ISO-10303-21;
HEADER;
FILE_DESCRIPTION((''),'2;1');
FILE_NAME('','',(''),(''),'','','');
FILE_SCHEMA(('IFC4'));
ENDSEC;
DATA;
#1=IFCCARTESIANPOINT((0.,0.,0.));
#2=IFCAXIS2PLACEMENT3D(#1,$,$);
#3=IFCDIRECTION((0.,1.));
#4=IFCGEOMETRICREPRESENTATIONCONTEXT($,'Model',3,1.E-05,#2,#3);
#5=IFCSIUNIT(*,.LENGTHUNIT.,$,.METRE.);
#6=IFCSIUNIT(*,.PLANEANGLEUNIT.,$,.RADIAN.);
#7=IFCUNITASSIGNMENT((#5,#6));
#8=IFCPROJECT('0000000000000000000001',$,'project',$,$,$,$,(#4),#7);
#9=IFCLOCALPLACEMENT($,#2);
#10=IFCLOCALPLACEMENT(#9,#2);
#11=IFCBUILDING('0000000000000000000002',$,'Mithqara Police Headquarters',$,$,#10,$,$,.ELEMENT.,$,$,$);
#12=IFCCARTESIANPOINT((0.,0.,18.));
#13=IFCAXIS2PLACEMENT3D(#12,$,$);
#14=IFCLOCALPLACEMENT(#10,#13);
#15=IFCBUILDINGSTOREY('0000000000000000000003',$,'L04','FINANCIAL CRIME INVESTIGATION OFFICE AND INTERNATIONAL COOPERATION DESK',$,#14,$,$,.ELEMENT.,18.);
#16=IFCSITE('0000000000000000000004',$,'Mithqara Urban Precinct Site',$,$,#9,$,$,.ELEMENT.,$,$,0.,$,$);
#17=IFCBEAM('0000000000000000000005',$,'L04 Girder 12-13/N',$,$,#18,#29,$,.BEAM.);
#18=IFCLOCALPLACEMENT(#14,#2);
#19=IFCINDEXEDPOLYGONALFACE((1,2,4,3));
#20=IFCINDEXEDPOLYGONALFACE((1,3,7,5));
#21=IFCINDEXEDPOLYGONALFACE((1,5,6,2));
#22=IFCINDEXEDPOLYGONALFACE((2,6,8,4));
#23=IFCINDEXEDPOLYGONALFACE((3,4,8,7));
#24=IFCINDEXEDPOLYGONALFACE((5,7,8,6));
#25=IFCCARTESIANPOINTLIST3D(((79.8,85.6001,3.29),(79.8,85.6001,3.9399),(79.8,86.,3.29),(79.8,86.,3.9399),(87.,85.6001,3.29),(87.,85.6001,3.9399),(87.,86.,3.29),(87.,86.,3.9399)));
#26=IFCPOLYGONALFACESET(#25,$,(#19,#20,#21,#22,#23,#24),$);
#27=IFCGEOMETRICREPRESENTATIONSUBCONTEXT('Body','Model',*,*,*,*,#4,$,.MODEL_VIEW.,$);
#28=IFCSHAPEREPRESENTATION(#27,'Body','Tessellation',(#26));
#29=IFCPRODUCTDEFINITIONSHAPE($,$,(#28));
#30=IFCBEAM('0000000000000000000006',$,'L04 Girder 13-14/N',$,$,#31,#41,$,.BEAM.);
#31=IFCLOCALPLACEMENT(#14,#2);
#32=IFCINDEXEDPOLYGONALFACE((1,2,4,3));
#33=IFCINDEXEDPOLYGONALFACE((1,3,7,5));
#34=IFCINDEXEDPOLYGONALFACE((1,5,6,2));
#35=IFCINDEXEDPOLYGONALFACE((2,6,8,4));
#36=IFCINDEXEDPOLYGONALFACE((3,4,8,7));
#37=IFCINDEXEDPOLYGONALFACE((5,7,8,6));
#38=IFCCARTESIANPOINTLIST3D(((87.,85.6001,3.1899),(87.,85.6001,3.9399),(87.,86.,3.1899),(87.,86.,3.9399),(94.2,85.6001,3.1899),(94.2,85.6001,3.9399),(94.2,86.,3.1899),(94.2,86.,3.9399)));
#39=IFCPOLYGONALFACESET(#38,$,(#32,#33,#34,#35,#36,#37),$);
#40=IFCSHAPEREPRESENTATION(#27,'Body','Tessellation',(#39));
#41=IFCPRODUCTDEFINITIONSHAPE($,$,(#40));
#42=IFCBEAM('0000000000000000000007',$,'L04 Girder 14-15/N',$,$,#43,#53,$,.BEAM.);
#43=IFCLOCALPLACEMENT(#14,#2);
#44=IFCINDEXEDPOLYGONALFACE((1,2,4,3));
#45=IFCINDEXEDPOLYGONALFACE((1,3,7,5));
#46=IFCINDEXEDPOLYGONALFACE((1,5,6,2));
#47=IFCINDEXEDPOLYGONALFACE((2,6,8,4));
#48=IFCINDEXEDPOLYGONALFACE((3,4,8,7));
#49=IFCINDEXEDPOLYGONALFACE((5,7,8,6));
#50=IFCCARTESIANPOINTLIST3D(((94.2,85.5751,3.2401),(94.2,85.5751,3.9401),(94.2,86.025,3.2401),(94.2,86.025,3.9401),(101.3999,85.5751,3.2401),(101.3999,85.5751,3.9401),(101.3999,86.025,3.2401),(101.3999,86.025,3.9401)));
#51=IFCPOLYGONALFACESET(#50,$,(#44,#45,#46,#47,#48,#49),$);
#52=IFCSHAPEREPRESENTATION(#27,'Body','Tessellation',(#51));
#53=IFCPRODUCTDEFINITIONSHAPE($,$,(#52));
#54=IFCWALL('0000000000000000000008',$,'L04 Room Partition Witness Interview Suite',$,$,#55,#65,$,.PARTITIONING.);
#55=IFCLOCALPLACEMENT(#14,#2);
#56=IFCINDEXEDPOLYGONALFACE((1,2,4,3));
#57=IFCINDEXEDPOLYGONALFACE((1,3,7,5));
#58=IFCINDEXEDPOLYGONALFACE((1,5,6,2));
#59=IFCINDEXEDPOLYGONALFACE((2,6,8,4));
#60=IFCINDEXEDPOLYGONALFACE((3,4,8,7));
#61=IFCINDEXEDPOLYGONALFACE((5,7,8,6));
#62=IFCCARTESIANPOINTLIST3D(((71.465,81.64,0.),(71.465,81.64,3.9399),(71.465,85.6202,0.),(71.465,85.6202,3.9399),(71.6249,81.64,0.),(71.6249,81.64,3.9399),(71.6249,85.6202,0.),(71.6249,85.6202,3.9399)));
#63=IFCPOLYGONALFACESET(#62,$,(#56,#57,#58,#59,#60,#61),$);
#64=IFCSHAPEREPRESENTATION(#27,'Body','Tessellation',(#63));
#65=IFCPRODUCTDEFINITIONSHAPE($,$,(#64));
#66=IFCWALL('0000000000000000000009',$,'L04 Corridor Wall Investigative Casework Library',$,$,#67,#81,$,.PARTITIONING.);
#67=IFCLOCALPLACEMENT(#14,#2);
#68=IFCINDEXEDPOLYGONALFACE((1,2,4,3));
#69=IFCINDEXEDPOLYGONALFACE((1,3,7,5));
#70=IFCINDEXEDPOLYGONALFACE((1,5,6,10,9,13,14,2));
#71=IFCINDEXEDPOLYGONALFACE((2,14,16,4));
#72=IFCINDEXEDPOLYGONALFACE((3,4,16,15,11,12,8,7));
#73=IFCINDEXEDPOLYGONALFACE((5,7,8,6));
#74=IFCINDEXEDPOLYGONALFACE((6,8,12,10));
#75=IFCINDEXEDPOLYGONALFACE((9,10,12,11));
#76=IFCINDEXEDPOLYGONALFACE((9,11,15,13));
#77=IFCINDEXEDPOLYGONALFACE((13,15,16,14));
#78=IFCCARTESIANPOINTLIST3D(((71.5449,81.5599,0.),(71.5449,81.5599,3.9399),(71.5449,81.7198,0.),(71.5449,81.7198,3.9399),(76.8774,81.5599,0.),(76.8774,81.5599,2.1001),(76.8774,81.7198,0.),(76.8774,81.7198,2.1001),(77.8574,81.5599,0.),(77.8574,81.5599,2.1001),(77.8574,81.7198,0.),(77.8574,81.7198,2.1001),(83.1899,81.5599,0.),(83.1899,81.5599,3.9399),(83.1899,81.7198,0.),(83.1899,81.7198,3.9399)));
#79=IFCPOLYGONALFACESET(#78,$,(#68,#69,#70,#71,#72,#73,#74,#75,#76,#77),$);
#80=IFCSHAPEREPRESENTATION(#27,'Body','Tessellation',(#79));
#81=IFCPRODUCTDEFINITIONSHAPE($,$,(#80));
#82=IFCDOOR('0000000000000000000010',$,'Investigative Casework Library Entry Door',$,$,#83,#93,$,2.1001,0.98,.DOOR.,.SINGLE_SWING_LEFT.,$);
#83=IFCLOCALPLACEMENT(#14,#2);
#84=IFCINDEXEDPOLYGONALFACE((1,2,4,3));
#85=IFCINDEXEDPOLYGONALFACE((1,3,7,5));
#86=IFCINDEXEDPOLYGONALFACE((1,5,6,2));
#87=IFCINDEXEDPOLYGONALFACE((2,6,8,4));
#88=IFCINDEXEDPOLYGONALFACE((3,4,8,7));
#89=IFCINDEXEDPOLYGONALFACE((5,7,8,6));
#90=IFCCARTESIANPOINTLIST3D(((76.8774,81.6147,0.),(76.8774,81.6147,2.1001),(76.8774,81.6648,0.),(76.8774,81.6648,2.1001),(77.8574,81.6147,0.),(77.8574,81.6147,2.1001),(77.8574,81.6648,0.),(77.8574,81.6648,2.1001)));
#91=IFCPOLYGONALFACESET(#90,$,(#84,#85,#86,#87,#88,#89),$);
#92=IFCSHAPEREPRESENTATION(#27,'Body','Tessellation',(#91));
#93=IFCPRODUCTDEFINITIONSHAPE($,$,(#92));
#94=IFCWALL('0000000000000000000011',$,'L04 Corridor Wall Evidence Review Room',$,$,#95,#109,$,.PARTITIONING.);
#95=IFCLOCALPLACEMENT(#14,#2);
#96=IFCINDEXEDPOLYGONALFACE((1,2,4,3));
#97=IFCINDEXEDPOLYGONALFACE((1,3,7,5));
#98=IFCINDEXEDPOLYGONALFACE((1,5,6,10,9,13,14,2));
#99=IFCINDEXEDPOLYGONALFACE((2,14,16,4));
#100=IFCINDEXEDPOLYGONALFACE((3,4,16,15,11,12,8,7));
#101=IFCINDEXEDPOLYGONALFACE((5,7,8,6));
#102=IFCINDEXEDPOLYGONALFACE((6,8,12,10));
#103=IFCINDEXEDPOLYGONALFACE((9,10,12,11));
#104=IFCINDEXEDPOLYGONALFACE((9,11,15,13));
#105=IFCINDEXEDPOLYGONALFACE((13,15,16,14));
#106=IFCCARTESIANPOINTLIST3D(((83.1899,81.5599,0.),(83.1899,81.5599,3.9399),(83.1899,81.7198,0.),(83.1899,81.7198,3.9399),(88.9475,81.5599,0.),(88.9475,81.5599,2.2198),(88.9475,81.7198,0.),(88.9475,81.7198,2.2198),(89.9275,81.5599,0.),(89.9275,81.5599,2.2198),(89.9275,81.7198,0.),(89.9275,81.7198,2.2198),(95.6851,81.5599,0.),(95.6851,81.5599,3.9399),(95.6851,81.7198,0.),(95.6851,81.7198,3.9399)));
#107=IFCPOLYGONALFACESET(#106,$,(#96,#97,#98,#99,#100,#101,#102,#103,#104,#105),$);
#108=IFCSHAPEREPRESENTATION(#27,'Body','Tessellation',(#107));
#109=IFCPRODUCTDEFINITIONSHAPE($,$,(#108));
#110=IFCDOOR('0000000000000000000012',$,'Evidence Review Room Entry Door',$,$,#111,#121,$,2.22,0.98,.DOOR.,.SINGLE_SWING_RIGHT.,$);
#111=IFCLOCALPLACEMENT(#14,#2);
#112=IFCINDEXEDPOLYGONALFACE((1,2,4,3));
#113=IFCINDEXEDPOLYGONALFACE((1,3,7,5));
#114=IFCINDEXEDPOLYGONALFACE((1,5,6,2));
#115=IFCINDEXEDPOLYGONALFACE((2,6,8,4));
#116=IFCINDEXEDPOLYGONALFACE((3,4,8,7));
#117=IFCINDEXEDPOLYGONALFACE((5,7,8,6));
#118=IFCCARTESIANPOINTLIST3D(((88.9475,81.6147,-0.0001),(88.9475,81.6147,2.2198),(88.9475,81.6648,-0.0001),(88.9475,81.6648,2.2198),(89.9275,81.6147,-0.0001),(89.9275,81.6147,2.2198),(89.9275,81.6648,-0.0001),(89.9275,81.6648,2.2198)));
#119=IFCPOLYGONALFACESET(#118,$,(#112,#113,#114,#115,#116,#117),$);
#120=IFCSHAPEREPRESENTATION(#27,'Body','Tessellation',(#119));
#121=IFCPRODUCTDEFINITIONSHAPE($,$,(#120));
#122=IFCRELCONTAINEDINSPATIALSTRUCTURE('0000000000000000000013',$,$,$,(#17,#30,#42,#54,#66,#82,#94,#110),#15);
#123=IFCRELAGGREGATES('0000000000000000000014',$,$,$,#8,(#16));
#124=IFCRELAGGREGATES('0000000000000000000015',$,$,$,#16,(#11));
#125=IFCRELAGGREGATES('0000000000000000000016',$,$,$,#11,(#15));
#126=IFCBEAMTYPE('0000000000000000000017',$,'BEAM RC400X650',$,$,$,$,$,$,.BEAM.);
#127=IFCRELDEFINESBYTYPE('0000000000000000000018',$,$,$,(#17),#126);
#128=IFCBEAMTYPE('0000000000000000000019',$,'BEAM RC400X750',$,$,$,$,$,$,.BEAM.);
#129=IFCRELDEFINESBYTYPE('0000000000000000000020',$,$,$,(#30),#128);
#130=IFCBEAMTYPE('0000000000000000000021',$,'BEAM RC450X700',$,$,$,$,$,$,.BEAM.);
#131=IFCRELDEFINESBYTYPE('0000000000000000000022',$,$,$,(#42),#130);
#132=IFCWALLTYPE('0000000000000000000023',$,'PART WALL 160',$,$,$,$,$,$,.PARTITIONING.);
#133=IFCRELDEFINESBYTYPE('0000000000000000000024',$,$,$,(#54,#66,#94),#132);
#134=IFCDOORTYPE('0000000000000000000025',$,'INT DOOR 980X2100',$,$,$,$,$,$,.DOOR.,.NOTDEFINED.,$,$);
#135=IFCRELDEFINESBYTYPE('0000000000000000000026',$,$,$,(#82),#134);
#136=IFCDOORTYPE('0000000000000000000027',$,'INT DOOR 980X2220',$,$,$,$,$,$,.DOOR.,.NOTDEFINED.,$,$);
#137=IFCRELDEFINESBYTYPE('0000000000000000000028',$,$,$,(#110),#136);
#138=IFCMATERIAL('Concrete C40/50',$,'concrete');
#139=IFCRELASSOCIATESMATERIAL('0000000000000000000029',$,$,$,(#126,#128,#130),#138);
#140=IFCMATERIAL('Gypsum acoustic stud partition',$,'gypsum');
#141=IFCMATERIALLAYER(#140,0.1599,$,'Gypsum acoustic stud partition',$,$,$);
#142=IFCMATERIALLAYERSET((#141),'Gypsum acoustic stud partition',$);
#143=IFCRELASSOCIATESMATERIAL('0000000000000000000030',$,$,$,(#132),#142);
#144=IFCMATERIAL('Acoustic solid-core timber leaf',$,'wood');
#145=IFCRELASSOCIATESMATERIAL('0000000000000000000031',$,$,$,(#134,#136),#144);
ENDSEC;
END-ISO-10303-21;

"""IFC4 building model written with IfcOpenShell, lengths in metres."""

from ifc_helpers import new_model, si_unit, direction, frame, frame_2d, origin, origin_2d, place, context, subcontext, project, spatial, rectangle, extrude, material, layer, layer_set, material_profile, profile_set, type_object, element, fill, save


model = new_model("IFC4")

# Units and contexts
model_context = context("Model", 3, precision=1e-05, world=origin(), true_north=direction((0.0, 1.0)))
body_context = subcontext(model_context, "Body", "Model", "MODEL_VIEW")
ifc_project = project(units=[si_unit("LENGTHUNIT", "METRE"), si_unit("PLANEANGLEUNIT", "RADIAN")], contexts=[model_context])

# Site, building, storey
site_placement = place(None, origin())
site = spatial("IfcSite", under=ifc_project, at=site_placement, Name="Mithqara Urban Precinct Site", CompositionType="ELEMENT", RefElevation=0.0)
building_placement = place(site_placement, origin())
building = spatial("IfcBuilding", under=site, at=building_placement, Name="Mithqara Police Headquarters", CompositionType="ELEMENT")
storey_placement = place(building_placement, frame((0.0, 0.0, 18.0)))
storey = spatial("IfcBuildingStorey", under=building, at=storey_placement, Name="L04", Description="FINANCIAL CRIME INVESTIGATION OFFICE AND INTERNATIONAL COOPERATION DESK", CompositionType="ELEMENT", Elevation=18.0)

# Beams
ifc_material_1 = material(Name="Concrete C40/50", Category="concrete")
ifc_material_profile_1 = material_profile(ifc_material_1, rectangle(XDim=0.3999, YDim=0.6499, at=origin_2d()), Name="RC 400x650")
ifc_profile_set_1 = profile_set([ifc_material_profile_1], Name="Concrete C40/50")
beam_type_1 = type_object("IfcBeamType", Name="BEAM RC400X650", PredefinedType="BEAM", material=ifc_profile_set_1)
beam_1_placement = place(storey_placement, frame((79.8, 85.8, 3.615), z_axis=(1.0, 0.0, 0.0), x_axis=(0.0, 1.0, 0.0)))
element("IfcBeam", 1, at=beam_1_placement, inside=storey, type_object=beam_type_1, Name="L04 Girder 12-13/N", PredefinedType="BEAM", context=body_context, shape_type="SweptSolid", body=[
    extrude(rectangle(XDim=0.3999, YDim=0.6499, at=origin_2d()), origin(), (0.0, 0.0, 1.0), 7.2),
])
ifc_material_profile_2 = material_profile(ifc_material_1, rectangle(XDim=0.3999, YDim=0.75, at=origin_2d()), Name="RC 400x750")
ifc_profile_set_2 = profile_set([ifc_material_profile_2], Name="Concrete C40/50")
beam_type_2 = type_object("IfcBeamType", Name="BEAM RC400X750", PredefinedType="BEAM", material=ifc_profile_set_2)
beam_2_placement = place(storey_placement, frame((87.0, 85.8, 3.5649), z_axis=(1.0, 0.0, 0.0), x_axis=(0.0, 1.0, 0.0)))
element("IfcBeam", 2, at=beam_2_placement, inside=storey, type_object=beam_type_2, Name="L04 Girder 13-14/N", PredefinedType="BEAM", context=body_context, shape_type="SweptSolid", body=[
    extrude(rectangle(XDim=0.3999, YDim=0.75, at=origin_2d()), origin(), (0.0, 0.0, 1.0), 7.2),
])
ifc_material_profile_3 = material_profile(ifc_material_1, rectangle(XDim=0.45, YDim=0.7, at=origin_2d()), Name="RC 450x700")
ifc_profile_set_3 = profile_set([ifc_material_profile_3], Name="Concrete C40/50")
beam_type_3 = type_object("IfcBeamType", Name="BEAM RC450X700", PredefinedType="BEAM", material=ifc_profile_set_3)
beam_3_placement = place(storey_placement, frame((94.2, 85.8, 3.5901), z_axis=(1.0, 0.0, 0.0), x_axis=(0.0, 1.0, 0.0)))
element("IfcBeam", 3, at=beam_3_placement, inside=storey, type_object=beam_type_3, Name="L04 Girder 14-15/N", PredefinedType="BEAM", context=body_context, shape_type="SweptSolid", body=[
    extrude(rectangle(XDim=0.45, YDim=0.7, at=origin_2d()), origin(), (0.0, 0.0, 1.0), 7.2),
])

# Wall
ifc_material_2 = material(Name="Gypsum acoustic stud partition", Category="gypsum")
ifc_layer = layer(ifc_material_2, 0.1599, Name="Gypsum acoustic stud partition")
ifc_layer_set = layer_set([ifc_layer], Name="Gypsum acoustic stud partition")
wall_type = type_object("IfcWallType", Name="PART WALL 160", PredefinedType="PARTITIONING", material=ifc_layer_set)
wall_1_placement = place(storey_placement, frame((71.5449, 81.6399, 0.0), z_axis=(0.0, 0.0, 1.0), x_axis=(0.0, 1.0, 0.0)))
element("IfcWall", 4, at=wall_1_placement, inside=storey, type_object=wall_type, Name="L04 Room Partition Witness Interview Suite", PredefinedType="PARTITIONING", context=body_context, shape_type="SweptSolid", body=[
    extrude(rectangle(XDim=3.9802, YDim=0.1599, at=frame_2d((1.9902, 0.0))), origin(), (0.0, 0.0, 1.0), 3.9399),
])

# Walls, openings, doors
wall_2_placement = place(storey_placement, frame((71.5449, 81.6399, 0.0), z_axis=(0.0, 0.0, 1.0), x_axis=(1.0, 0.0, 0.0)))
wall_2 = element("IfcWall", 5, at=wall_2_placement, inside=storey, type_object=wall_type, Name="L04 Corridor Wall Investigative Casework Library", PredefinedType="PARTITIONING", context=body_context, shape_type="SweptSolid", body=[
    extrude(rectangle(XDim=11.645, YDim=0.1599, at=frame_2d((5.8225, 0.0))), origin(), (0.0, 0.0, 1.0), 3.9399),
])
opening_1_placement = place(wall_2_placement, frame((5.3325, 0.0, 0.0)))
opening_1 = element("IfcOpeningElement", 6, at=opening_1_placement, cuts=wall_2, PredefinedType="OPENING", context=body_context, shape_type="SweptSolid", body=[
    extrude(rectangle(XDim=0.98, YDim=2.1001, at=frame_2d((0.49, 1.05))), frame((0.0, 0.0898, 0.0), z_axis=(0.0, -1.0, 0.0), x_axis=(1.0, 0.0, 0.0)), (0.0, 0.0, 1.0), 0.1799),
])
ifc_material_3 = material(Name="Acoustic solid-core timber leaf", Category="wood")
door_type_1 = type_object("IfcDoorType", Name="INT DOOR 980X2100", OperationType="NOTDEFINED", PredefinedType="DOOR", material=ifc_material_3)
door_1_placement = place(opening_1_placement, origin())
door_1 = element("IfcDoor", 7, at=door_1_placement, inside=storey, type_object=door_type_1, Name="Investigative Casework Library Entry Door", OperationType="SINGLE_SWING_LEFT", OverallHeight=2.1001, OverallWidth=0.98, PredefinedType="DOOR", context=body_context, shape_type="SweptSolid", body=[
    extrude(rectangle(XDim=0.98, YDim=2.1001, at=frame_2d((0.49, 1.05))), frame((0.0, 0.0249, 0.0), z_axis=(0.0, -1.0, 0.0), x_axis=(1.0, 0.0, 0.0)), (0.0, 0.0, 1.0), 0.05),
])
fill(opening_1, door_1)
wall_3_placement = place(storey_placement, frame((83.1899, 81.6399, 0.0), z_axis=(0.0, 0.0, 1.0), x_axis=(1.0, 0.0, 0.0)))
wall_3 = element("IfcWall", 8, at=wall_3_placement, inside=storey, type_object=wall_type, Name="L04 Corridor Wall Evidence Review Room", PredefinedType="PARTITIONING", context=body_context, shape_type="SweptSolid", body=[
    extrude(rectangle(XDim=12.4951, YDim=0.1599, at=frame_2d((6.2476, 0.0))), origin(), (0.0, 0.0, 1.0), 3.9399),
])
opening_2_placement = place(wall_3_placement, frame((5.7576, 0.0, 0.0)))
opening_2 = element("IfcOpeningElement", 9, at=opening_2_placement, cuts=wall_3, PredefinedType="OPENING", context=body_context, shape_type="SweptSolid", body=[
    extrude(rectangle(XDim=0.98, YDim=2.22, at=frame_2d((0.49, 1.1099))), frame((0.0, 0.0898, 0.0), z_axis=(0.0, -1.0, 0.0), x_axis=(1.0, 0.0, 0.0)), (0.0, 0.0, 1.0), 0.1799),
])
door_type_2 = type_object("IfcDoorType", Name="INT DOOR 980X2220", OperationType="NOTDEFINED", PredefinedType="DOOR", material=ifc_material_3)
door_2_placement = place(opening_2_placement, origin())
door_2 = element("IfcDoor", 10, at=door_2_placement, inside=storey, type_object=door_type_2, Name="Evidence Review Room Entry Door", OperationType="SINGLE_SWING_RIGHT", OverallHeight=2.22, OverallWidth=0.98, PredefinedType="DOOR", context=body_context, shape_type="SweptSolid", body=[
    extrude(rectangle(XDim=0.98, YDim=2.22, at=frame_2d((0.49, 1.1099))), frame((0.0, 0.0249, 0.0), z_axis=(0.0, -1.0, 0.0), x_axis=(1.0, 0.0, 0.0)), (0.0, 0.0, 1.0), 0.05),
])
fill(opening_2, door_2)

save(model, "model.ifc")
